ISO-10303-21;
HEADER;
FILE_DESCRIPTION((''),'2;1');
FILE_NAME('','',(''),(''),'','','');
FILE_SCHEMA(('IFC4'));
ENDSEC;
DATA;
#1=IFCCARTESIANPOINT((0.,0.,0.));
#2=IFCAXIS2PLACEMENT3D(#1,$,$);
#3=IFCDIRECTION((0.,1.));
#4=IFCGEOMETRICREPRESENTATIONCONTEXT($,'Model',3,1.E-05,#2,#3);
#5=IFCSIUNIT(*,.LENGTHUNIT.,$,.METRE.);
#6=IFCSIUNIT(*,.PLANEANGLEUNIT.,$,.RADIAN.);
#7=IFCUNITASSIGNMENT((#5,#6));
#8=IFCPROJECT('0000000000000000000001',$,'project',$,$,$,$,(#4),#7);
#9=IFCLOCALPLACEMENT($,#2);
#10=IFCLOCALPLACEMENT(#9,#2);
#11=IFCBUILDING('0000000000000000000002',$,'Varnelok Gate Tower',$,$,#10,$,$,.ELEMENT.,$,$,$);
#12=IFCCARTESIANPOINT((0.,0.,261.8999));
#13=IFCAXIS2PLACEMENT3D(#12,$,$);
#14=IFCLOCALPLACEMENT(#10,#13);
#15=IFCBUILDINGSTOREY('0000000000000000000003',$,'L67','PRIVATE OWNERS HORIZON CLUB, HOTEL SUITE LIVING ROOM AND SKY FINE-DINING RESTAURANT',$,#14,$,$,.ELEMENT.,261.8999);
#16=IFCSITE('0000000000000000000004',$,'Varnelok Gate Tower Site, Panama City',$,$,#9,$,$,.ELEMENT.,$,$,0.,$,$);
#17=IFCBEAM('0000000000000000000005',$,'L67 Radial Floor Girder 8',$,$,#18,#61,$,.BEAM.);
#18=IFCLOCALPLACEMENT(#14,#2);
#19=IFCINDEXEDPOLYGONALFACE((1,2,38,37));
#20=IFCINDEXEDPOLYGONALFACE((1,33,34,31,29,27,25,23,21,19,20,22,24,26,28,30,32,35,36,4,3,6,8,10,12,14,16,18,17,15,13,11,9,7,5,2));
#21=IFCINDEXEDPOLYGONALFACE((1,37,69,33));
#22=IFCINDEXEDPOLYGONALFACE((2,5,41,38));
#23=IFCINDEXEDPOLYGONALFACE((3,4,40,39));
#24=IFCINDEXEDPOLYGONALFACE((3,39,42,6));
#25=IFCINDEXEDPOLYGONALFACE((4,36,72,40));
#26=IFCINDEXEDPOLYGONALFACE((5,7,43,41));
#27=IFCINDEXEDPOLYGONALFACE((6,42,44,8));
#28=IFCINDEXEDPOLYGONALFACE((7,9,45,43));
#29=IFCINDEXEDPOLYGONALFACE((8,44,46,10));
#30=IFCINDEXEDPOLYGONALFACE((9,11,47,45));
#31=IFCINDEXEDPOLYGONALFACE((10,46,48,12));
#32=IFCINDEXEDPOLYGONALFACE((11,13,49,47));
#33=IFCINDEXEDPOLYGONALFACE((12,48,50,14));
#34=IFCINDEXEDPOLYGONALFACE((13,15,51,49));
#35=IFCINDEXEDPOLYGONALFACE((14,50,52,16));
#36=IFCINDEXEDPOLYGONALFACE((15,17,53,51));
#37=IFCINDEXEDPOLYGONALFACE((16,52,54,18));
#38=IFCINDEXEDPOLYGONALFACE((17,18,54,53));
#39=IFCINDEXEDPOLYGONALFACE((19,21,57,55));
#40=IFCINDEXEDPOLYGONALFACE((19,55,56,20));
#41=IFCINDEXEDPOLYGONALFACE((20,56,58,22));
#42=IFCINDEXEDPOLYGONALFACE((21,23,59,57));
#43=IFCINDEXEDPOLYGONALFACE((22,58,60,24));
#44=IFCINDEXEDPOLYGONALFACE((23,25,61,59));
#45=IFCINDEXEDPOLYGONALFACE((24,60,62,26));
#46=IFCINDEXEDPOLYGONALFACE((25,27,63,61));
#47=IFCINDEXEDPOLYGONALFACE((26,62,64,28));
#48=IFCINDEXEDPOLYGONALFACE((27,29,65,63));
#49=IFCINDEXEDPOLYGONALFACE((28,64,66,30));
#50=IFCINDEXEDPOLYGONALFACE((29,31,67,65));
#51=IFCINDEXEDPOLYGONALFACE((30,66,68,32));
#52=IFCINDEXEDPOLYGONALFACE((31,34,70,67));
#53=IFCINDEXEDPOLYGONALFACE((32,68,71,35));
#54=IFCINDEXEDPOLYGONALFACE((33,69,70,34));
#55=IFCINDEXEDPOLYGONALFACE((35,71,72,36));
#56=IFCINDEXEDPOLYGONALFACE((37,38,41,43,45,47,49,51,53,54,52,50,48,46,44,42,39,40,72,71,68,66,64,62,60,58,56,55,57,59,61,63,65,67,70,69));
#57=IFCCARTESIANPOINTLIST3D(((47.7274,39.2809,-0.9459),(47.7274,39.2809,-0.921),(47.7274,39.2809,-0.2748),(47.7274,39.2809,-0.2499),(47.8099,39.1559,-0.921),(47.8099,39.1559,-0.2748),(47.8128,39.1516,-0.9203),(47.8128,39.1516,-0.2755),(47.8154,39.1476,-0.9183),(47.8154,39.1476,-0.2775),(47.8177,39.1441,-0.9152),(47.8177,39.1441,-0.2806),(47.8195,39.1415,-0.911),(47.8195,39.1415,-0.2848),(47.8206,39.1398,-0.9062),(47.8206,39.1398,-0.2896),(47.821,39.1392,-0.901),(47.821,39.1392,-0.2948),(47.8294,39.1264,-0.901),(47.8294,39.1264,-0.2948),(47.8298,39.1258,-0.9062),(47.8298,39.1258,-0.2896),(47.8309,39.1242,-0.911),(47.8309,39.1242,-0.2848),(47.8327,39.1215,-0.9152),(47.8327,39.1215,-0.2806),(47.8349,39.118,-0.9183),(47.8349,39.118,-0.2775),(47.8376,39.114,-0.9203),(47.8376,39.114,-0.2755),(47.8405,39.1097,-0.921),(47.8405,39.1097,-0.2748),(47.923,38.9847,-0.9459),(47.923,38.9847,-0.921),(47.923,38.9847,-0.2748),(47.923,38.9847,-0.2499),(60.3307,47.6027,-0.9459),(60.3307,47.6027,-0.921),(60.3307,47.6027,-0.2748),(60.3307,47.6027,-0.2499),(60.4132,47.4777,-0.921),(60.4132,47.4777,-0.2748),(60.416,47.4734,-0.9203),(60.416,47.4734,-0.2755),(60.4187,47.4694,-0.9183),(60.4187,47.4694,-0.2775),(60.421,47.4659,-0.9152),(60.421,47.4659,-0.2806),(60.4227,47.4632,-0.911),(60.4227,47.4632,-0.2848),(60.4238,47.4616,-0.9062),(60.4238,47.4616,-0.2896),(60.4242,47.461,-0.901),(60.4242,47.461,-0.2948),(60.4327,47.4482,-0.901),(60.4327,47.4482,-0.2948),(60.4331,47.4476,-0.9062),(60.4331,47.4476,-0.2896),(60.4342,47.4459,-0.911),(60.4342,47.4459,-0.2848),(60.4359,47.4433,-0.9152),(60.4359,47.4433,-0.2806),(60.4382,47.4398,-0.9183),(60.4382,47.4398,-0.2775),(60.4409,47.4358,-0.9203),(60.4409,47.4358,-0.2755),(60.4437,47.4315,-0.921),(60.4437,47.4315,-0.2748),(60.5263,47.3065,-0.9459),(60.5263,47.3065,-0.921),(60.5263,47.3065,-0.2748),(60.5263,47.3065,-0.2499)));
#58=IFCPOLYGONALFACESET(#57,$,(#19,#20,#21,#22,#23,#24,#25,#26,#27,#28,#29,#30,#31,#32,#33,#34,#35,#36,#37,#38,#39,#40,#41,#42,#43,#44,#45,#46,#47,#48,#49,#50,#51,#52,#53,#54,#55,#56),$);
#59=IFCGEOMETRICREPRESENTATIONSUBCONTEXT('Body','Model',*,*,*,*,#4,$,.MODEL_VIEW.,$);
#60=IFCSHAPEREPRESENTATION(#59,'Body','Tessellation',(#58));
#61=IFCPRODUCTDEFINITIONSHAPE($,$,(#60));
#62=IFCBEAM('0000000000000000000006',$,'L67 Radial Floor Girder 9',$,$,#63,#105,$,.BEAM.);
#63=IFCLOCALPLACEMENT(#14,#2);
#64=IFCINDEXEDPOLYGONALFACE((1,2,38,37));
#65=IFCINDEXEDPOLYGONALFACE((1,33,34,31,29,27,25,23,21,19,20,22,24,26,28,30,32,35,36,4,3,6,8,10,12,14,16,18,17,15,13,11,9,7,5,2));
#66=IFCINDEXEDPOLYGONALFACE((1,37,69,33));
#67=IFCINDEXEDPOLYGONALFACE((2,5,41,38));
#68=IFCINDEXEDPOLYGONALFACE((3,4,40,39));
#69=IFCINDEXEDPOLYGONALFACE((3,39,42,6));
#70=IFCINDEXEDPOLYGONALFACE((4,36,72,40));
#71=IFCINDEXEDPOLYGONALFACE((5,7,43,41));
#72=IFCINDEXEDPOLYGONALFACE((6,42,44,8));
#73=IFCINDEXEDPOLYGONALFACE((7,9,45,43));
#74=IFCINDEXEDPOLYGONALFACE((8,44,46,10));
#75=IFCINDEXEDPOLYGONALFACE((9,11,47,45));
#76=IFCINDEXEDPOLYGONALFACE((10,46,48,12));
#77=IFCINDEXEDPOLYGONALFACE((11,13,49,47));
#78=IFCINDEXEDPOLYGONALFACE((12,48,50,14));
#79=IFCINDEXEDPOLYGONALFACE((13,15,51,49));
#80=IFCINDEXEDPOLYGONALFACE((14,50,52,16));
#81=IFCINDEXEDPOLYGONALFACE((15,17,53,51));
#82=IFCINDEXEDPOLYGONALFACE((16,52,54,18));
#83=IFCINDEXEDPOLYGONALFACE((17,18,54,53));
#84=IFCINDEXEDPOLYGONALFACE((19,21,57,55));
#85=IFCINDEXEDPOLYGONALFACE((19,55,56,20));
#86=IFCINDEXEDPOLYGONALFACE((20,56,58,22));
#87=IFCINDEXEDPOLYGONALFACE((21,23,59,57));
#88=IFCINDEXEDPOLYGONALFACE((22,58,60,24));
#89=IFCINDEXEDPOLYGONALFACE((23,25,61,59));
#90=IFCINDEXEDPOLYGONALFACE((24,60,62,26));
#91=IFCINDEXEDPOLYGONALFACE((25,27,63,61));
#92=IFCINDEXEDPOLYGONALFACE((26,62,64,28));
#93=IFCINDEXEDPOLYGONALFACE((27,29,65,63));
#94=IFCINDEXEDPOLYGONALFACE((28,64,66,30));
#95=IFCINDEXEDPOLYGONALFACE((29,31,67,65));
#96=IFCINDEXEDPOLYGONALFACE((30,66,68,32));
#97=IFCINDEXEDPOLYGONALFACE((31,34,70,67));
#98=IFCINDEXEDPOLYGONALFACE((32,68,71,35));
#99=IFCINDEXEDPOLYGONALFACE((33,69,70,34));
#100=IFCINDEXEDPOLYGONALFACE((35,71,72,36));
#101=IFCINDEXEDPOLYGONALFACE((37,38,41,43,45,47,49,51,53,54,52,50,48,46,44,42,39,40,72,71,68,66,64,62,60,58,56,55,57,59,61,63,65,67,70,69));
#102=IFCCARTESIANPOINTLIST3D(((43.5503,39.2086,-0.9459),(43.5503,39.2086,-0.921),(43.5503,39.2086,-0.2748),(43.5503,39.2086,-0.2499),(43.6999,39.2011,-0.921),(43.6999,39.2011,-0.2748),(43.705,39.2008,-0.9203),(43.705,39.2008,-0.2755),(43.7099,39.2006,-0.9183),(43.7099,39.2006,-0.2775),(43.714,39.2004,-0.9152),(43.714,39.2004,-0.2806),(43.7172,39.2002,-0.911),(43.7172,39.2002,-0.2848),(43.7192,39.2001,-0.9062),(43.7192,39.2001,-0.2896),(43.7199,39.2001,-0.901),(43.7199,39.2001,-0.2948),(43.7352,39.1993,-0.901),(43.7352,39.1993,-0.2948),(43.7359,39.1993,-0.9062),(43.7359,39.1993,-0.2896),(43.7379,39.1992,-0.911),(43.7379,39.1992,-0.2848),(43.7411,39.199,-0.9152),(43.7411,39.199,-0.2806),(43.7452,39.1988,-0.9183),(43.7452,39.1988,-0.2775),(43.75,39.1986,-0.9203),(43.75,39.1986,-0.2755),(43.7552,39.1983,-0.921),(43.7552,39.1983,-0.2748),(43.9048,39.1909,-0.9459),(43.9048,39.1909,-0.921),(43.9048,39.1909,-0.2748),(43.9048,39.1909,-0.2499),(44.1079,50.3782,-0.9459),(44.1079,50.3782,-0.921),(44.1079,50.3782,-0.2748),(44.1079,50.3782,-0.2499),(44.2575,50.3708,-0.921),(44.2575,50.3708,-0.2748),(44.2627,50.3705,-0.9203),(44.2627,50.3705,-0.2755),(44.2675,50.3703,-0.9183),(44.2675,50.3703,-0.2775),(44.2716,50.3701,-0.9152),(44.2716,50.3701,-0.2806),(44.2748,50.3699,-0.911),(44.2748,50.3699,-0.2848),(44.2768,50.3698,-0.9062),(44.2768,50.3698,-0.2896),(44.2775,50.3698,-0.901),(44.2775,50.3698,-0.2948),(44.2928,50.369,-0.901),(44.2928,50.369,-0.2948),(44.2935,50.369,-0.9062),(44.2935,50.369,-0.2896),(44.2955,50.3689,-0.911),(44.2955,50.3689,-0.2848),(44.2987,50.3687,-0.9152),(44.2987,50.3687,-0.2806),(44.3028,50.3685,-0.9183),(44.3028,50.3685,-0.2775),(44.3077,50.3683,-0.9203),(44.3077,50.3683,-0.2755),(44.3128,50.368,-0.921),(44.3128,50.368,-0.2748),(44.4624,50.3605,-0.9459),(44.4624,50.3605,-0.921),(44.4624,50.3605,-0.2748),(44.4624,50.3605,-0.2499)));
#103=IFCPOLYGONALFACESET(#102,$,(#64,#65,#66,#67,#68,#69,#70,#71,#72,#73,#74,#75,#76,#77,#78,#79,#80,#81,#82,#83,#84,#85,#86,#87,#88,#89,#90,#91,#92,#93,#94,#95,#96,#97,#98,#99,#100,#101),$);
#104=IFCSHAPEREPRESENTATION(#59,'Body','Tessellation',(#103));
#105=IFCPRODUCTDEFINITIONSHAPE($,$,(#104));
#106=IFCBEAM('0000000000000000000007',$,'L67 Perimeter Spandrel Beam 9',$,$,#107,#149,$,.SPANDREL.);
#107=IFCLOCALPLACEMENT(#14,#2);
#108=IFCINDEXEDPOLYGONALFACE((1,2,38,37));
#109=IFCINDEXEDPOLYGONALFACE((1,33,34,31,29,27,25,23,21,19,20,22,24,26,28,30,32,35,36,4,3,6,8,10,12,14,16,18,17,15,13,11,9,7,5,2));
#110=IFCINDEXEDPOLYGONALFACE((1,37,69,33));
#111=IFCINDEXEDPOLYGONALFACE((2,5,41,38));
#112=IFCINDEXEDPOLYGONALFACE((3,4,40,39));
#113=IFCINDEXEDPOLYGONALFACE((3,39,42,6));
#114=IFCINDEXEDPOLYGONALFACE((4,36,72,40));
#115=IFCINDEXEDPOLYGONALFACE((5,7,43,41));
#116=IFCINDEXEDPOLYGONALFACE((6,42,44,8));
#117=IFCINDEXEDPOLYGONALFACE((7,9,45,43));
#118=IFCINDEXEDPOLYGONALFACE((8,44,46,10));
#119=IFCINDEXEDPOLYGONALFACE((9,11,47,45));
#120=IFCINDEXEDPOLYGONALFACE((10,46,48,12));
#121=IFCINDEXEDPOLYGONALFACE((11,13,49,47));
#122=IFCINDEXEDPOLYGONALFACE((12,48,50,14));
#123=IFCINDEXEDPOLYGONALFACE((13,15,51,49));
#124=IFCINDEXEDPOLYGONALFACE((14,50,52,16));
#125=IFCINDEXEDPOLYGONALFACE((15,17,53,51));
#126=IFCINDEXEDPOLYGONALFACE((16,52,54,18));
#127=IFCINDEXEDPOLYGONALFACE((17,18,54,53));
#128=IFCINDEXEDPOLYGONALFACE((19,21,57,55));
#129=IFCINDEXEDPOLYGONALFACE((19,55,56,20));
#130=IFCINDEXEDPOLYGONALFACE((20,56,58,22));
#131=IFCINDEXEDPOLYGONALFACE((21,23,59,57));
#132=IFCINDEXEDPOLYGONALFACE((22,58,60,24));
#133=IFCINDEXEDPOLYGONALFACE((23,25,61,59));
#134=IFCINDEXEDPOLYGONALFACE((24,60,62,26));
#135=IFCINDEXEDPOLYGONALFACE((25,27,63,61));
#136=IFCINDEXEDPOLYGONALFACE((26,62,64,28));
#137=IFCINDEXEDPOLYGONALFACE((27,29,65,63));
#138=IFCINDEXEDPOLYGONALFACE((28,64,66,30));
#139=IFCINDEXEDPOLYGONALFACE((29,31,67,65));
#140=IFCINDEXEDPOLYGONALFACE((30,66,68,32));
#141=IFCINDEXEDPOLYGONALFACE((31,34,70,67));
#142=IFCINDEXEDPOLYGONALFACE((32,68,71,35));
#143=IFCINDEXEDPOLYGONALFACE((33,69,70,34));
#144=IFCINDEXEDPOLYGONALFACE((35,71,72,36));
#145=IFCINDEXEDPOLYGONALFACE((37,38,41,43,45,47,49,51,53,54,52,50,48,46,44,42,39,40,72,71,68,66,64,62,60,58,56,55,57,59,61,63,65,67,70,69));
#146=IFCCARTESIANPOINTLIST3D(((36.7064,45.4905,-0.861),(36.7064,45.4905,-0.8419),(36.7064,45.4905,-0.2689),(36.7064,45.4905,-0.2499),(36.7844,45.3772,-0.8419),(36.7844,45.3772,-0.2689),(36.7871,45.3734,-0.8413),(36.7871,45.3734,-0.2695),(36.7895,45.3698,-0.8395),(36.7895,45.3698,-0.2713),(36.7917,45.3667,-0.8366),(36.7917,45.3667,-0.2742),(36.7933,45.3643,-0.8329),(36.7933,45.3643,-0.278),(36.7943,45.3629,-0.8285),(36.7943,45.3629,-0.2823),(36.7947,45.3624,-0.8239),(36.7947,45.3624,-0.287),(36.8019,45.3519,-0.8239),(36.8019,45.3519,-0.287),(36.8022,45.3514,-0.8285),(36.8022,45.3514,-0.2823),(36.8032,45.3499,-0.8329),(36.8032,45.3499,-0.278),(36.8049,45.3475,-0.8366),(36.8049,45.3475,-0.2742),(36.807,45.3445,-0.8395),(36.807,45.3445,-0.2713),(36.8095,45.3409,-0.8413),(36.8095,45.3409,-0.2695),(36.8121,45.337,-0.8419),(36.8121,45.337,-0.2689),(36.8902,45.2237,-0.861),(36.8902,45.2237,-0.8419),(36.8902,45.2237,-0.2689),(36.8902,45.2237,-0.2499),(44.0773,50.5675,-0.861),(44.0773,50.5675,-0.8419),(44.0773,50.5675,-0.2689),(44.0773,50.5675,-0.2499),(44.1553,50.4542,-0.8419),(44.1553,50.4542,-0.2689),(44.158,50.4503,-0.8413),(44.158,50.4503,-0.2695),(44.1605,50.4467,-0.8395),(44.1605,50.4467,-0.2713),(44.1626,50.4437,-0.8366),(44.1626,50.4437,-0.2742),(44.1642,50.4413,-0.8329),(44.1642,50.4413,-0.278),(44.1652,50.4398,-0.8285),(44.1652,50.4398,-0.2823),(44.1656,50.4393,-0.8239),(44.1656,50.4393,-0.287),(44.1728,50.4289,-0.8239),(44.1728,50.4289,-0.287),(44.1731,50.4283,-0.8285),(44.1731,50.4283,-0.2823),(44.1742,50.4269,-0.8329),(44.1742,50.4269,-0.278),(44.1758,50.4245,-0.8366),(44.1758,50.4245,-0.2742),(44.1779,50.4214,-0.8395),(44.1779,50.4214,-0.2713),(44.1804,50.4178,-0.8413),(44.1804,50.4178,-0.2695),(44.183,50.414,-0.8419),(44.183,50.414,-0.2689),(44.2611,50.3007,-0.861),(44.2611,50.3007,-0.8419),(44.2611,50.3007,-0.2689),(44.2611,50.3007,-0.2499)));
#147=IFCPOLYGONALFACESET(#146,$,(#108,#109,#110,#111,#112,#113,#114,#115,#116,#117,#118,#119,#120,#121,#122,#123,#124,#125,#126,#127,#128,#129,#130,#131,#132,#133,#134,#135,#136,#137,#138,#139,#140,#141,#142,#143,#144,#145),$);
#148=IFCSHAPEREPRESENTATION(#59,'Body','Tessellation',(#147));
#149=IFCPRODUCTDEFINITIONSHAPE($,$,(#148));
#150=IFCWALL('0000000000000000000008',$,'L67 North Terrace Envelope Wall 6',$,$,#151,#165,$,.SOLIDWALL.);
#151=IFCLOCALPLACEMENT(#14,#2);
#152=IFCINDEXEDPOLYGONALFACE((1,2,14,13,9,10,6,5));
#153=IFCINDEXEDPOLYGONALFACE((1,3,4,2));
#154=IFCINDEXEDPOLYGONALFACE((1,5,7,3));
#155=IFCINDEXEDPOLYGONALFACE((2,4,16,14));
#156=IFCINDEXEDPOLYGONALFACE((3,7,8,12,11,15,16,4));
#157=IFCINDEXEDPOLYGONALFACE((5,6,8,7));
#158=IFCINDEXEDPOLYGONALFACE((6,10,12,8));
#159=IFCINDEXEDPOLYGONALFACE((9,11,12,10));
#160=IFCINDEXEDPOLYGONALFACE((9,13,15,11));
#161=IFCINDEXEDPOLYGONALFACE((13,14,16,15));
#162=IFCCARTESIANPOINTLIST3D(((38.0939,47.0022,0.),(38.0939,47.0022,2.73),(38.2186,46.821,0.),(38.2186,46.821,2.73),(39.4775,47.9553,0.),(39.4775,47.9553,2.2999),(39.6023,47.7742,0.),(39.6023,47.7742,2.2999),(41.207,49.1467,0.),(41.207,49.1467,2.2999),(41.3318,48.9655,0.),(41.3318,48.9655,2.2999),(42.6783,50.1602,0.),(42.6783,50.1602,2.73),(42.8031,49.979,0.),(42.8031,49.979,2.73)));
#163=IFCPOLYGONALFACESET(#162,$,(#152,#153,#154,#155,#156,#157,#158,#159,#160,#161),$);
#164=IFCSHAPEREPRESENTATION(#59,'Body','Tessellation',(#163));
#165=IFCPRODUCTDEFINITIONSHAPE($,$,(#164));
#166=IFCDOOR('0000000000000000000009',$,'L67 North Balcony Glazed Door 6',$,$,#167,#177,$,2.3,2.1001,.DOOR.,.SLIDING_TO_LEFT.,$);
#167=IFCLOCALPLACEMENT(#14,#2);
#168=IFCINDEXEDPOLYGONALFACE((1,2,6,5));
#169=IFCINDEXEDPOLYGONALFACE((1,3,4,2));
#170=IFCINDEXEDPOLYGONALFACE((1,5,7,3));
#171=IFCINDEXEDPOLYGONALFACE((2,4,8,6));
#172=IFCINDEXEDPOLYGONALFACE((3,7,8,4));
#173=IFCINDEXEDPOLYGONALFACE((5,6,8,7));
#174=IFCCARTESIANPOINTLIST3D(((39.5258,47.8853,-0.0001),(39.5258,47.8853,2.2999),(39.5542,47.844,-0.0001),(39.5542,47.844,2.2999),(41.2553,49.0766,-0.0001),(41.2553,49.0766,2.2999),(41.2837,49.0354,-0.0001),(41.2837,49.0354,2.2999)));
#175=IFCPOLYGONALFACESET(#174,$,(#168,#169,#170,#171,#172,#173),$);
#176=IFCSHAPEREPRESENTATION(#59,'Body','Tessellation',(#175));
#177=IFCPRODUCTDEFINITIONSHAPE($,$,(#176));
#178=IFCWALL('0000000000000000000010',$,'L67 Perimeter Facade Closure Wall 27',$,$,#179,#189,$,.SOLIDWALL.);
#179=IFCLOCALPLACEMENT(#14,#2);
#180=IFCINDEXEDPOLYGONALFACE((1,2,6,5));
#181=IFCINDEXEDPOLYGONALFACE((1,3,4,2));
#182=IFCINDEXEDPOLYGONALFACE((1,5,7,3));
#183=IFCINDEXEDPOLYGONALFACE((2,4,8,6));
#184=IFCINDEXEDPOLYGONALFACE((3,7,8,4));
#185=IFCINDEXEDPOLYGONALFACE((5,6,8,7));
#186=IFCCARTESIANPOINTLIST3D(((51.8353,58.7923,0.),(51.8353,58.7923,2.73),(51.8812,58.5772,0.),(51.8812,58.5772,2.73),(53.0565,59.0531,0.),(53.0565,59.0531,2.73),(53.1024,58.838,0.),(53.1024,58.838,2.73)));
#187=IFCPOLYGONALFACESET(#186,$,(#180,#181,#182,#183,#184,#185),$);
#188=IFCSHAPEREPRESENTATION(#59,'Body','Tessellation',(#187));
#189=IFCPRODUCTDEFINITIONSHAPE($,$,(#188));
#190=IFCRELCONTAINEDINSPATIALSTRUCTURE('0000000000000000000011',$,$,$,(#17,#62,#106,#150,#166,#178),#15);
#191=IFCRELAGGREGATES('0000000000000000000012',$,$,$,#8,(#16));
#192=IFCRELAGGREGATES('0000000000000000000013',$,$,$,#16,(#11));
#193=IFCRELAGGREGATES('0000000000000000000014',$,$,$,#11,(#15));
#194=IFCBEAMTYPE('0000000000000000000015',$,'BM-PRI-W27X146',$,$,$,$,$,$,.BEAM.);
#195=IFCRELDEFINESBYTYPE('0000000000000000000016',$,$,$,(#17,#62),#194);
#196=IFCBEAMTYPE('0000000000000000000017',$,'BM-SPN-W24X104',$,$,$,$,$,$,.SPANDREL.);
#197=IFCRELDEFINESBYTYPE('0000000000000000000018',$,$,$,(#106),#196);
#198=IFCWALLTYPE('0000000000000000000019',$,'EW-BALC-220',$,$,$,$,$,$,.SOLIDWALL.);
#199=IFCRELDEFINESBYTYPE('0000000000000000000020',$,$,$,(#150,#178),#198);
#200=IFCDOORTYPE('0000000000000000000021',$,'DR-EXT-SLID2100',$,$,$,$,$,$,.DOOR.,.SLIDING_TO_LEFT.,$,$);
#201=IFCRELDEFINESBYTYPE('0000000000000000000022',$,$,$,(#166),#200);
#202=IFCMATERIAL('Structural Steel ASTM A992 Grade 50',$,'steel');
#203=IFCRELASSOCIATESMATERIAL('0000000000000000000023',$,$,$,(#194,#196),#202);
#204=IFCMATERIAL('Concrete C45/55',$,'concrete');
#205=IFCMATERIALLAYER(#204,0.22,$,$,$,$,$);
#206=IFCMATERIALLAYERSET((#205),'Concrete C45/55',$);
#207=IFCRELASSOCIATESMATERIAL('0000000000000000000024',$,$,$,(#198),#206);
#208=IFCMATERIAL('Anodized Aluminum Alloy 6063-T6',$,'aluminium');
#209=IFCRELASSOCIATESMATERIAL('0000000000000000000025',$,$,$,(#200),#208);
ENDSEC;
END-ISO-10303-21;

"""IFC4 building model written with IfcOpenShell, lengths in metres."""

from ifc_helpers import new_model, si_unit, direction, frame, frame_2d, origin, origin_2d, place, context, subcontext, project, spatial, rectangle, i_section, extrude, material, layer, layer_set, material_profile, profile_set, type_object, element, fill, save


model = new_model("IFC4")

# Units and contexts
model_context = context("Model", 3, precision=1e-05, world=origin(), true_north=direction((0.0, 1.0)))
body_context = subcontext(model_context, "Body", "Model", "MODEL_VIEW")
ifc_project = project(units=[si_unit("LENGTHUNIT", "METRE"), si_unit("PLANEANGLEUNIT", "RADIAN")], contexts=[model_context])

# Site, building, storey
site_placement = place(None, origin())
site = spatial("IfcSite", under=ifc_project, at=site_placement, Name="Varnelok Gate Tower Site, Panama City", CompositionType="ELEMENT", RefElevation=0.0)
building_placement = place(site_placement, origin())
building = spatial("IfcBuilding", under=site, at=building_placement, Name="Varnelok Gate Tower", CompositionType="ELEMENT")
storey_placement = place(building_placement, frame((0.0, 0.0, 261.8999)))
storey = spatial("IfcBuildingStorey", under=building, at=storey_placement, Name="L67", Description="PRIVATE OWNERS HORIZON CLUB, HOTEL SUITE LIVING ROOM AND SKY FINE-DINING RESTAURANT", CompositionType="ELEMENT", Elevation=261.8999)

# Shared definitions
ifc_material_1 = material(Name="Structural Steel ASTM A992 Grade 50", Category="steel")

# Beams
ifc_material_profile_1 = material_profile(ifc_material_1, i_section(OverallWidth=0.355, OverallDepth=0.696, WebThickness=0.0154, FlangeThickness=0.0249, FilletRadius=0.02, at=origin_2d()), Name="W27X146")
ifc_profile_set_1 = profile_set([ifc_material_profile_1], Name="Structural Steel ASTM A992 Grade 50")
beam_type_1 = type_object("IfcBeamType", Name="BM-PRI-W27X146", PredefinedType="BEAM", material=ifc_profile_set_1)
beam_1_placement = place(storey_placement, frame((47.8252, 39.1328, -0.5979), z_axis=(0.834499, 0.551009, 0.0), x_axis=(-0.551009, 0.834499, 0.0)))
element("IfcBeam", 1, at=beam_1_placement, inside=storey, type_object=beam_type_1, Name="L67 Radial Floor Girder 8", PredefinedType="BEAM", context=body_context, shape_type="SweptSolid", body=[
    extrude(i_section(OverallWidth=0.355, OverallDepth=0.696, WebThickness=0.0154, FlangeThickness=0.0249, FilletRadius=0.02, at=origin_2d()), origin(), (0.0, 0.0, 1.0), 15.1028),
])
beam_2_placement = place(storey_placement, frame((43.7275, 39.1997, -0.5979), z_axis=(0.04986, 0.998756, 0.0), x_axis=(-0.998756, 0.04986, 0.0)))
element("IfcBeam", 2, at=beam_2_placement, inside=storey, type_object=beam_type_1, Name="L67 Radial Floor Girder 9", PredefinedType="BEAM", context=body_context, shape_type="SweptSolid", body=[
    extrude(i_section(OverallWidth=0.355, OverallDepth=0.696, WebThickness=0.0154, FlangeThickness=0.0249, FilletRadius=0.02, at=origin_2d()), origin(), (0.0, 0.0, 1.0), 11.1836),
])
ifc_material_profile_2 = material_profile(ifc_material_1, i_section(OverallWidth=0.324, OverallDepth=0.6111, WebThickness=0.0127, FlangeThickness=0.019, FilletRadius=0.0181, at=origin_2d()), Name="W24X104")
ifc_profile_set_2 = profile_set([ifc_material_profile_2], Name="Structural Steel ASTM A992 Grade 50")
beam_type_2 = type_object("IfcBeamType", Name="BM-SPN-W24X104", PredefinedType="SPANDREL", material=ifc_profile_set_2)
beam_3_placement = place(storey_placement, frame((44.1692, 50.4341, -0.5554), z_axis=(-0.823549, -0.567245, 0.0), x_axis=(0.567245, -0.823549, 0.0)))
element("IfcBeam", 3, at=beam_3_placement, inside=storey, type_object=beam_type_2, Name="L67 Perimeter Spandrel Beam 9", PredefinedType="SPANDREL", context=body_context, shape_type="SweptSolid", body=[
    extrude(i_section(OverallWidth=0.324, OverallDepth=0.6111, WebThickness=0.0127, FlangeThickness=0.019, FilletRadius=0.0181, at=origin_2d()), origin(), (0.0, 0.0, 1.0), 8.9502),
])

# Wall, opening, door
ifc_material_2 = material(Name="Concrete C45/55", Category="concrete")
ifc_layer_1 = layer(ifc_material_2, 0.22)
ifc_layer_set_1 = layer_set([ifc_layer_1], Name="Concrete C45/55")
wall_type_1 = type_object("IfcWallType", Name="EW-BALC-220", PredefinedType="SOLIDWALL", material=ifc_layer_set_1)
wall_1_placement = place(storey_placement, frame((38.1562, 46.9116, 0.0), z_axis=(0.0, 0.0, 1.0), x_axis=(0.823527, 0.567277, 0.0)))
wall_1 = element("IfcWall", 4, at=wall_1_placement, inside=storey, type_object=wall_type_1, Name="L67 North Terrace Envelope Wall 6", PredefinedType="SOLIDWALL", context=body_context, shape_type="SweptSolid", body=[
    extrude(rectangle(XDim=5.5669, YDim=0.22, at=frame_2d((2.7834, 0.0))), origin(), (0.0, 0.0, 1.0), 2.73),
])
opening_1_placement = place(wall_1_placement, frame((1.6802, 0.0, 0.0)))
opening_1 = element("IfcOpeningElement", 5, at=opening_1_placement, cuts=wall_1, PredefinedType="OPENING", context=body_context, shape_type="SweptSolid", body=[
    extrude(rectangle(XDim=2.1001, YDim=2.3, at=frame_2d((1.05, 1.1499))), frame((0.0, 0.1199, 0.0), z_axis=(0.0, -1.0, 0.0), x_axis=(1.0, 0.0, 0.0)), (0.0, 0.0, 1.0), 0.24),
])
ifc_material_3 = material(Name="Anodized Aluminum Alloy 6063-T6", Category="aluminium")
door_type_1 = type_object("IfcDoorType", Name="DR-EXT-SLID2100", OperationType="SLIDING_TO_LEFT", PredefinedType="DOOR", material=ifc_material_3)
door_1_placement = place(opening_1_placement, origin())
door_1 = element("IfcDoor", 6, at=door_1_placement, inside=storey, type_object=door_type_1, Name="L67 North Balcony Glazed Door 6", OperationType="SLIDING_TO_LEFT", OverallHeight=2.3, OverallWidth=2.1001, PredefinedType="DOOR", context=body_context, shape_type="SweptSolid", body=[
    extrude(rectangle(XDim=2.1001, YDim=2.3, at=frame_2d((1.05, 1.1499))), frame((0.0, 0.0249, 0.0), z_axis=(0.0, -1.0, 0.0), x_axis=(1.0, 0.0, 0.0)), (0.0, 0.0, 1.0), 0.05),
])
fill(opening_1, door_1)

# Wall
wall_2_placement = place(storey_placement, frame((53.0796, 58.9456, 0.0), z_axis=(0.0, 0.0, 1.0), x_axis=(-0.977957, -0.208808, 0.0)))
element("IfcWall", 7, at=wall_2_placement, inside=storey, type_object=wall_type_1, Name="L67 Perimeter Facade Closure Wall 27", PredefinedType="SOLIDWALL", context=body_context, shape_type="SweptSolid", body=[
    extrude(rectangle(XDim=1.2488, YDim=0.22, at=frame_2d((0.6245, 0.0))), origin(), (0.0, 0.0, 1.0), 2.73),
])

save(model, "model.ifc")
